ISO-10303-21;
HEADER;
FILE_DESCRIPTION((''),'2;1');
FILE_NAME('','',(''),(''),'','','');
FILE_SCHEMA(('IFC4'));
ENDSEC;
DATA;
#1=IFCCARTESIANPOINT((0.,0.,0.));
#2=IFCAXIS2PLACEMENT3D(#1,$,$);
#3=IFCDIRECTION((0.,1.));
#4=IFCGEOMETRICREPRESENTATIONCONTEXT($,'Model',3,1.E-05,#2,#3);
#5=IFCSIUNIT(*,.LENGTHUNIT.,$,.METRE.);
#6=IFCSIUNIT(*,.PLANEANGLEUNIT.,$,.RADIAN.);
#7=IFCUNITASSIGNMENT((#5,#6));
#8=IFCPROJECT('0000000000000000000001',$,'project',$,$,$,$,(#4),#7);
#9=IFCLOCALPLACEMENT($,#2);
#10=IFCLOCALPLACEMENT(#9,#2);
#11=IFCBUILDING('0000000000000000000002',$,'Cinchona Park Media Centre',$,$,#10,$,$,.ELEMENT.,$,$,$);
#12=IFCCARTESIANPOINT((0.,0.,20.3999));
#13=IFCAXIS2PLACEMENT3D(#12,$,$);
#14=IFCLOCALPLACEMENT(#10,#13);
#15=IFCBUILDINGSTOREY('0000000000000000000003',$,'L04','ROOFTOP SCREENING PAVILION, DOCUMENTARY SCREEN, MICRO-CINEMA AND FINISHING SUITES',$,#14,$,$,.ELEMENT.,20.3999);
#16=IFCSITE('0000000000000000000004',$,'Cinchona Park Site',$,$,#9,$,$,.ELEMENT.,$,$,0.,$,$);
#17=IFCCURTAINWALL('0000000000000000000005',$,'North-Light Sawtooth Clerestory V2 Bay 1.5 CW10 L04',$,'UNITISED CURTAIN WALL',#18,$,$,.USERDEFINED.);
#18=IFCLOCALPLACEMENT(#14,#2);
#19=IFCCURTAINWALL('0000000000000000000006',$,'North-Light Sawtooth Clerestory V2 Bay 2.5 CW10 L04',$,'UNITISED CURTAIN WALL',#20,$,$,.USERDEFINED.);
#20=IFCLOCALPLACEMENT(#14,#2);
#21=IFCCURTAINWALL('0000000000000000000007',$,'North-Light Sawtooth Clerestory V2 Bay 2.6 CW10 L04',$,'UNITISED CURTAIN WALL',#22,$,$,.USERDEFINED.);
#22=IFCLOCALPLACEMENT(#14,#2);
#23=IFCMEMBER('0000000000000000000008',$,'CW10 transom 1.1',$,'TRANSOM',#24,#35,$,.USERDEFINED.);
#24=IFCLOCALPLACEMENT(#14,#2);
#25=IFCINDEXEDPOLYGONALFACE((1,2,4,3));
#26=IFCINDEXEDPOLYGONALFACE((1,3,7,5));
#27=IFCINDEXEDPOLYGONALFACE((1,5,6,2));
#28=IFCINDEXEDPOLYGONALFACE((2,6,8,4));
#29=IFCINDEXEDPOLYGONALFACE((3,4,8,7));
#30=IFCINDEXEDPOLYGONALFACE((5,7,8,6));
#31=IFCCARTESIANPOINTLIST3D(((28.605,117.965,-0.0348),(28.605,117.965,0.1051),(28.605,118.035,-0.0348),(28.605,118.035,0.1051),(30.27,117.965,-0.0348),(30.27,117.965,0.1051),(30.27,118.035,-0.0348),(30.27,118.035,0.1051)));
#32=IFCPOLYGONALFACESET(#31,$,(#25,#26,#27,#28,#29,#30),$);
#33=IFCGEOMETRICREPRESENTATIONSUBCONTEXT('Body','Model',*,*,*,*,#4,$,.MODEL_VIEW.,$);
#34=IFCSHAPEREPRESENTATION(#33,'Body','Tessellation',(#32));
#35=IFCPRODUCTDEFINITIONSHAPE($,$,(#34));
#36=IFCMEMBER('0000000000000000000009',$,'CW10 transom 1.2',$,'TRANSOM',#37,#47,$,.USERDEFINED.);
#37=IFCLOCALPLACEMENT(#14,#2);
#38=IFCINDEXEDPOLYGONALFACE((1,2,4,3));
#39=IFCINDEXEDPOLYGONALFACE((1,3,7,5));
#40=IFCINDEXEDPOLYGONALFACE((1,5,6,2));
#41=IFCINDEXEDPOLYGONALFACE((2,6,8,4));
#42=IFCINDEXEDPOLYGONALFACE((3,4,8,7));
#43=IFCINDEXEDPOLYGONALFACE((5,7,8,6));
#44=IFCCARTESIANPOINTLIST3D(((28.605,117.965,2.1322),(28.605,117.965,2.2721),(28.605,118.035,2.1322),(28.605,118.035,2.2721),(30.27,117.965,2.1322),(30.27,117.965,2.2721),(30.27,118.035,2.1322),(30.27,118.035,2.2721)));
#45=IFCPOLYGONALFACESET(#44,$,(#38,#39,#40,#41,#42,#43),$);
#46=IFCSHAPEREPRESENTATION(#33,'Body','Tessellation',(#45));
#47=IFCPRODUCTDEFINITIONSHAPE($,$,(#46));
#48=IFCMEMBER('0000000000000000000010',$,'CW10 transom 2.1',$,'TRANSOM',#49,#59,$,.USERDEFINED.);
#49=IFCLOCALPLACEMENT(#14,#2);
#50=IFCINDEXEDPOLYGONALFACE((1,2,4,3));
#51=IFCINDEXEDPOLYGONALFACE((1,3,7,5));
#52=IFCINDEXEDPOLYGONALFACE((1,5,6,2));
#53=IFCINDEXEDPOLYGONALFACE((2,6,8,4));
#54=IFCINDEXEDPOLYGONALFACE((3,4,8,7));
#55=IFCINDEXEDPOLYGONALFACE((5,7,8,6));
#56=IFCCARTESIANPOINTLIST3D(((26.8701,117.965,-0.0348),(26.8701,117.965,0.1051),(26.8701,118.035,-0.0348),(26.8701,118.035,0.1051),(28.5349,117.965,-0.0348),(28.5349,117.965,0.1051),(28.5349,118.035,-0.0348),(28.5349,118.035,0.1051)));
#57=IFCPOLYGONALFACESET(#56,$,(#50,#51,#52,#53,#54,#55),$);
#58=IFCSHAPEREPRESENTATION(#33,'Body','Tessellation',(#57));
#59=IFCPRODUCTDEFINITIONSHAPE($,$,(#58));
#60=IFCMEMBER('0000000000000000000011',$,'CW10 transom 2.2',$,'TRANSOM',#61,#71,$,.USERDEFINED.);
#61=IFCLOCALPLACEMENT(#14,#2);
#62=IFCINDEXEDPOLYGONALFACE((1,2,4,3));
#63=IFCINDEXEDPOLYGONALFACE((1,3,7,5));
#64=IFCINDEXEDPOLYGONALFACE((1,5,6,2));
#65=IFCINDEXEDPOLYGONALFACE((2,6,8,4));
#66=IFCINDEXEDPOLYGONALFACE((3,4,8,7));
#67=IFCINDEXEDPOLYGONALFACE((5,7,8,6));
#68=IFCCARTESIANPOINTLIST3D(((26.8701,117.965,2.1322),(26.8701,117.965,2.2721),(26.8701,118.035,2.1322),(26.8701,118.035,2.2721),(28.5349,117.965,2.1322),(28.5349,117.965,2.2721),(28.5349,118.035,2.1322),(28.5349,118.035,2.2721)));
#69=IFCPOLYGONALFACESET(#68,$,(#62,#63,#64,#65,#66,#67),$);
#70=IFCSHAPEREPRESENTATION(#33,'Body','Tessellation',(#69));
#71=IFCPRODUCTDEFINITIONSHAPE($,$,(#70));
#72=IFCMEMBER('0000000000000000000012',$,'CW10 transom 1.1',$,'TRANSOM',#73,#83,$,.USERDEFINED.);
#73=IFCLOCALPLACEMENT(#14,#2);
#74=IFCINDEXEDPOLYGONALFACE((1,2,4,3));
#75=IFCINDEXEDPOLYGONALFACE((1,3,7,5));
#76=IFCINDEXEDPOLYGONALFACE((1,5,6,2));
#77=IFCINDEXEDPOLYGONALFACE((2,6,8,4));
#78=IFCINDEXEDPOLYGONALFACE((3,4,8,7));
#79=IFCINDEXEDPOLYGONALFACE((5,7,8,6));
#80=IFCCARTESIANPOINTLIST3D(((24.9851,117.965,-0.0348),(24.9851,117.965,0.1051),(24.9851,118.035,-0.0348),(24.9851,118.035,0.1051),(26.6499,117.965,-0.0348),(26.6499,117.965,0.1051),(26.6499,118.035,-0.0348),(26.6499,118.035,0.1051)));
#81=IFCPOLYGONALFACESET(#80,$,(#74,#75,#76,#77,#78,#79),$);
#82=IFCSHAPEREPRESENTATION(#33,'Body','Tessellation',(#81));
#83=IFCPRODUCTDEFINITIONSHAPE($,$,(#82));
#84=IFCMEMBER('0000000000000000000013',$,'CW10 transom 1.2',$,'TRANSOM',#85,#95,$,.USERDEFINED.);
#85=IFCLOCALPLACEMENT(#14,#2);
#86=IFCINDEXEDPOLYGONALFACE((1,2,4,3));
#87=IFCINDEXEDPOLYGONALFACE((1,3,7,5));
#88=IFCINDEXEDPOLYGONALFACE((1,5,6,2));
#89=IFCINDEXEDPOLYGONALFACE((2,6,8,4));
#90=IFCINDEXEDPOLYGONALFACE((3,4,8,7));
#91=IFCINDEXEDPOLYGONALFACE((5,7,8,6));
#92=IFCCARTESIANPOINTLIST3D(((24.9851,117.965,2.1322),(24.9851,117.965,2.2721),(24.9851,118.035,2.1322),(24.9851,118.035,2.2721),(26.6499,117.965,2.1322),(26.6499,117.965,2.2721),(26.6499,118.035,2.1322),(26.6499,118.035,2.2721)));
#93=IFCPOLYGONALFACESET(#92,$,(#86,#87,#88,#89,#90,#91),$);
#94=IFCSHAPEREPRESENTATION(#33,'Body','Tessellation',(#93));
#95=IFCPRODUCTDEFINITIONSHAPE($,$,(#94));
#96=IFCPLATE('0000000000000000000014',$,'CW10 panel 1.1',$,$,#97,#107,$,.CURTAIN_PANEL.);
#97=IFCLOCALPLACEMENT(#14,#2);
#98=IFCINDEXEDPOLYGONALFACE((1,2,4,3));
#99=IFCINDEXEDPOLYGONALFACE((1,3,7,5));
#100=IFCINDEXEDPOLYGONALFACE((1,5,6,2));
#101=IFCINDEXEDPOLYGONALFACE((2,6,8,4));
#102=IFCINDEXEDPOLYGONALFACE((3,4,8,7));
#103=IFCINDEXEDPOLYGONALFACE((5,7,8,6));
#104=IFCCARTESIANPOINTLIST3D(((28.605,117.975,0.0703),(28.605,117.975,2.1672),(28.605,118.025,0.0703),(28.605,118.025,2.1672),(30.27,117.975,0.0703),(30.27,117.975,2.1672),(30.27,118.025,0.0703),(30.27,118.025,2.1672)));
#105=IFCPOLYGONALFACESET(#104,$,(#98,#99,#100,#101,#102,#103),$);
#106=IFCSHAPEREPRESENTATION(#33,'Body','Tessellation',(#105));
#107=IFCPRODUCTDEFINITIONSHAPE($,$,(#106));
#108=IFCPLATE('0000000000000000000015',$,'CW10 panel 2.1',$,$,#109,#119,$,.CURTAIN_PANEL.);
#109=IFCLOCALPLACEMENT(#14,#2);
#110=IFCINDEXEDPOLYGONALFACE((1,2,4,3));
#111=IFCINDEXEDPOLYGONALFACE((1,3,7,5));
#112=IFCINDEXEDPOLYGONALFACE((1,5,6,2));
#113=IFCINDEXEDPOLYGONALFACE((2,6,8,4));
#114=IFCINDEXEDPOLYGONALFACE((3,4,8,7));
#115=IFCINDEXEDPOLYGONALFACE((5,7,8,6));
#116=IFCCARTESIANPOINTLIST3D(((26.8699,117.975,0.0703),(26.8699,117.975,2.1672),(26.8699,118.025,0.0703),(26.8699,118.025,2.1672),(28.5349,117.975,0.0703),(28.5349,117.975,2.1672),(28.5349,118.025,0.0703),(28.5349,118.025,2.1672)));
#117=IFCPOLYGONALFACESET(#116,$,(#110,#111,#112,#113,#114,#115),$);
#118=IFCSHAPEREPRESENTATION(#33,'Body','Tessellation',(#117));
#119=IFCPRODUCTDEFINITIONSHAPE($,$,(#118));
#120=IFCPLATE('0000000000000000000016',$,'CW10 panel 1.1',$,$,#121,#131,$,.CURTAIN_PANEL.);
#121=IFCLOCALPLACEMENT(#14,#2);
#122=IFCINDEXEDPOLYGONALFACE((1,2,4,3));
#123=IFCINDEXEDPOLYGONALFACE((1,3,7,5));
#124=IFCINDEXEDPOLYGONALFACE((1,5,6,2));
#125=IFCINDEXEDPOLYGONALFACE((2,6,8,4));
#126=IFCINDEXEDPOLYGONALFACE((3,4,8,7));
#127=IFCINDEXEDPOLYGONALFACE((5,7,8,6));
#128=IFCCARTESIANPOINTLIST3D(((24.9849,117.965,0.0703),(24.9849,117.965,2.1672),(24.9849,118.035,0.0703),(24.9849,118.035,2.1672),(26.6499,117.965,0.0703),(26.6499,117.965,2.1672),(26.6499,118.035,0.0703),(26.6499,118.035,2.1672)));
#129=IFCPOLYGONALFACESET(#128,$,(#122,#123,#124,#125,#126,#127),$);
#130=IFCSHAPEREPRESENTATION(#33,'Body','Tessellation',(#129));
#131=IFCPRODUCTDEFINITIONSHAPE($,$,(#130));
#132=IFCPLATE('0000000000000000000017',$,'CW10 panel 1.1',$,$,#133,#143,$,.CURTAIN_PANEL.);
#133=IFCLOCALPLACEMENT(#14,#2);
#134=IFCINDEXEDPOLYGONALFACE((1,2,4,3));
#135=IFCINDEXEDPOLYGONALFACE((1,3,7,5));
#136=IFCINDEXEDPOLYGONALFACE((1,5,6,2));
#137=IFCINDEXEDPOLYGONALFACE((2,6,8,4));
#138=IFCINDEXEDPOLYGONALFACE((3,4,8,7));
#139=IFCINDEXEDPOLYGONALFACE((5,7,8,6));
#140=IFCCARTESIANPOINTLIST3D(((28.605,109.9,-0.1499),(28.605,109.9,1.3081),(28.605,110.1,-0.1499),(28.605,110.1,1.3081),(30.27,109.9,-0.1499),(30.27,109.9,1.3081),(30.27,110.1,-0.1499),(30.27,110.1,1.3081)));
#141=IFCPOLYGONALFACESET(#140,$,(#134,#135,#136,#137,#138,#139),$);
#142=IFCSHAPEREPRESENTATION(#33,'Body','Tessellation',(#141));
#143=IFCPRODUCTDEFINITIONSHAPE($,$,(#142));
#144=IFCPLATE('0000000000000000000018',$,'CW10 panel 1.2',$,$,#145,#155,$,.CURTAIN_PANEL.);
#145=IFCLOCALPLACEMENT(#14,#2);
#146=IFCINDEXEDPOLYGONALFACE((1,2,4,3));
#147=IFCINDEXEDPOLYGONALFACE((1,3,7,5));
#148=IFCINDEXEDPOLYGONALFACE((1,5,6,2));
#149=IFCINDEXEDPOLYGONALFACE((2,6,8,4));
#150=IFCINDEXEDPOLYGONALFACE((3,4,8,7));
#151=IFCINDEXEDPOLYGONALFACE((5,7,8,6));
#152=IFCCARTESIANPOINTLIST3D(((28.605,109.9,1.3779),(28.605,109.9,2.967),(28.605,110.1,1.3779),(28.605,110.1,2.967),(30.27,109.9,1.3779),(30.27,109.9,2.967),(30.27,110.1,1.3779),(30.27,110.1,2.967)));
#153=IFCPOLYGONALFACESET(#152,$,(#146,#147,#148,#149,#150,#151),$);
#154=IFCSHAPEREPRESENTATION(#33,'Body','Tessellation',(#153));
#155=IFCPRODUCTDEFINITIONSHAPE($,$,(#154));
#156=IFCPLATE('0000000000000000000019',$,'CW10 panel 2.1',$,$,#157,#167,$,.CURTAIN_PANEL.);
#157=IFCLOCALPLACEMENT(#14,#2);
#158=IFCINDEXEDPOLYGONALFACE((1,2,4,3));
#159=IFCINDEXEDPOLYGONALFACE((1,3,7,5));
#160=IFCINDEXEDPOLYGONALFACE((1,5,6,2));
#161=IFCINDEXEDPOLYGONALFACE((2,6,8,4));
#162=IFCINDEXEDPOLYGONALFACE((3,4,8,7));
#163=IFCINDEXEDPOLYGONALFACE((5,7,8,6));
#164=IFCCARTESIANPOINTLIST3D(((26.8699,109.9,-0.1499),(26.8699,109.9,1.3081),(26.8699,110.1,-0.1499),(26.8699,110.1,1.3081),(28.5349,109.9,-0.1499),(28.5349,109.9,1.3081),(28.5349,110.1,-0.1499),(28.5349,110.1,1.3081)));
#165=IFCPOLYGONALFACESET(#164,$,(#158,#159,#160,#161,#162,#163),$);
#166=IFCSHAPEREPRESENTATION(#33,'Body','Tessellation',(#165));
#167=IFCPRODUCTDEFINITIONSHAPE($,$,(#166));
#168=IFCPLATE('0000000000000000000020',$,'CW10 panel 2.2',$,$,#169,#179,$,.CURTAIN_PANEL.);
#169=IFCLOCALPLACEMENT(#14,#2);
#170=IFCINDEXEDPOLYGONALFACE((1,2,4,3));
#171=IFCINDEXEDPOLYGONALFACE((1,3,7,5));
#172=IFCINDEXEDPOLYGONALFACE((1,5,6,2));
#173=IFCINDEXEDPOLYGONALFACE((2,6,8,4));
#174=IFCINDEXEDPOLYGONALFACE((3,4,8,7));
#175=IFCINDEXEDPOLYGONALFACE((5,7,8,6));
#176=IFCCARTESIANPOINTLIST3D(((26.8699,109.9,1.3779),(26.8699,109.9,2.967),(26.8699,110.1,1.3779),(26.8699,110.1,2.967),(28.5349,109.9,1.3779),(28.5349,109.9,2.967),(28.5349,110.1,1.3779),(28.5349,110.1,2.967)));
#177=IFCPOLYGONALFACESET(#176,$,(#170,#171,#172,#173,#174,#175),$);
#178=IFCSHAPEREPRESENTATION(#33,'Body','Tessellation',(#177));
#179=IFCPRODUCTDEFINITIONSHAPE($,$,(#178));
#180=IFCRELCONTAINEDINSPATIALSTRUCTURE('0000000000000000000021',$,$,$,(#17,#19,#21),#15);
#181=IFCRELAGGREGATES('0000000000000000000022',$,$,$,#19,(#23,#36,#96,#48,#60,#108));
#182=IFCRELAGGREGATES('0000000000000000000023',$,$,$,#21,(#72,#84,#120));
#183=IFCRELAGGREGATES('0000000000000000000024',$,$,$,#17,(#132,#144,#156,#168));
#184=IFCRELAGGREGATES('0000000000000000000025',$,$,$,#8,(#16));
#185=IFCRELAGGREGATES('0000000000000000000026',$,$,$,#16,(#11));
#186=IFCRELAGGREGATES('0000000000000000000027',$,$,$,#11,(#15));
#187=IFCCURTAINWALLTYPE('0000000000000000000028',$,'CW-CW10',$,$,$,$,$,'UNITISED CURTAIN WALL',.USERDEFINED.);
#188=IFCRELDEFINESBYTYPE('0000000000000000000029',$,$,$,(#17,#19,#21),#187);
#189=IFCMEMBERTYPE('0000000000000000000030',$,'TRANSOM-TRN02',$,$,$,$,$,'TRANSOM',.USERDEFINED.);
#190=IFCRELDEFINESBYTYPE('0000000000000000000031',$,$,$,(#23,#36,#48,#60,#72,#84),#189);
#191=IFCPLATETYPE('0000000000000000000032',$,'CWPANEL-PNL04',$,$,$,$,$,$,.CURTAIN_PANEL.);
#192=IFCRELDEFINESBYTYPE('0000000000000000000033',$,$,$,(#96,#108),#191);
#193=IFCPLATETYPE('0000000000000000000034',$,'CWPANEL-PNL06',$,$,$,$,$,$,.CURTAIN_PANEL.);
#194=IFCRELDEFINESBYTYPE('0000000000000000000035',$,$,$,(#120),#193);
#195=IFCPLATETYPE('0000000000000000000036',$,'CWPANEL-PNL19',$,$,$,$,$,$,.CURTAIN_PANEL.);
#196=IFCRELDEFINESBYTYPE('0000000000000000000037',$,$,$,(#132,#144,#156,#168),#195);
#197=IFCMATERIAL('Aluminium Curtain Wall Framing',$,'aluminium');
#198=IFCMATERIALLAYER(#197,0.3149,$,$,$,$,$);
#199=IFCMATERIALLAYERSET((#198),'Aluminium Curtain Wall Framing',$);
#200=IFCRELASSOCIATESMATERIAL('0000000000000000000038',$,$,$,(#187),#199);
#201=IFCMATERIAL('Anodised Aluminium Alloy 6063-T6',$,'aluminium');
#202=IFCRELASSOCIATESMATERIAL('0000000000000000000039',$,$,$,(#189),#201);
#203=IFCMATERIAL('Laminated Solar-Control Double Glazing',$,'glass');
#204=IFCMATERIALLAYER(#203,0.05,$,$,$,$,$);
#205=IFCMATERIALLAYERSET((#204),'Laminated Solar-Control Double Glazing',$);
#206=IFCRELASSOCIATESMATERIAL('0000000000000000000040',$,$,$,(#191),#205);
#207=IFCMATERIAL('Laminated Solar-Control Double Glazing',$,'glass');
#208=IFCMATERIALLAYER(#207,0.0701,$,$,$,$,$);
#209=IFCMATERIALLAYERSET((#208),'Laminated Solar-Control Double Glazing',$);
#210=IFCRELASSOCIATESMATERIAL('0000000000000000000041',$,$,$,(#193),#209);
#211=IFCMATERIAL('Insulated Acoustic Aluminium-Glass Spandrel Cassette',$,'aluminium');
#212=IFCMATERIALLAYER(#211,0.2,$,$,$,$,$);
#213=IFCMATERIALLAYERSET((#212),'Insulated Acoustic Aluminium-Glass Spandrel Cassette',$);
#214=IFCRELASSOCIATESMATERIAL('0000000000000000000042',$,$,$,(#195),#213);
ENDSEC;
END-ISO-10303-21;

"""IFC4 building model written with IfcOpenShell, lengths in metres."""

from ifc_helpers import new_model, si_unit, direction, frame, origin, origin_2d, place, context, subcontext, project, spatial, rectangle, extrude, material, layer, layer_set, material_profile, profile_set, type_object, element, aggregate, save


model = new_model("IFC4")

# Units and contexts
model_context = context("Model", 3, precision=1e-05, world=origin(), true_north=direction((0.0, 1.0)))
body_context = subcontext(model_context, "Body", "Model", "MODEL_VIEW")
ifc_project = project(units=[si_unit("LENGTHUNIT", "METRE"), si_unit("PLANEANGLEUNIT", "RADIAN")], contexts=[model_context])

# Site, building, storey
site_placement = place(None, origin())
site = spatial("IfcSite", under=ifc_project, at=site_placement, Name="Cinchona Park Site", CompositionType="ELEMENT", RefElevation=0.0)
building_placement = place(site_placement, origin())
building = spatial("IfcBuilding", under=site, at=building_placement, Name="Cinchona Park Media Centre", CompositionType="ELEMENT")
storey_placement = place(building_placement, frame((0.0, 0.0, 20.3999)))
storey = spatial("IfcBuildingStorey", under=building, at=storey_placement, Name="L04", Description="ROOFTOP SCREENING PAVILION, DOCUMENTARY SCREEN, MICRO-CINEMA AND FINISHING SUITES", CompositionType="ELEMENT", Elevation=20.3999)

# Curtain wall
ifc_material_1 = material(Name="Aluminium Curtain Wall Framing", Category="aluminium")
ifc_layer_1 = layer(ifc_material_1, 0.3149)
ifc_layer_set_1 = layer_set([ifc_layer_1], Name="Aluminium Curtain Wall Framing")
curtain_wall_type = type_object("IfcCurtainWallType", Name="CW-CW10", ElementType="UNITISED CURTAIN WALL", PredefinedType="USERDEFINED", material=ifc_layer_set_1)
curtain_wall_1_placement = place(storey_placement, origin())
curtain_wall_1 = element("IfcCurtainWall", 1, at=curtain_wall_1_placement, inside=storey, type_object=curtain_wall_type, Name="North-Light Sawtooth Clerestory V2 Bay 1.5 CW10 L04", ObjectType="UNITISED CURTAIN WALL", PredefinedType="USERDEFINED")

# Curtain wall
curtain_wall_2_placement = place(storey_placement, origin())
curtain_wall_2 = element("IfcCurtainWall", 2, at=curtain_wall_2_placement, inside=storey, type_object=curtain_wall_type, Name="North-Light Sawtooth Clerestory V2 Bay 2.5 CW10 L04", ObjectType="UNITISED CURTAIN WALL", PredefinedType="USERDEFINED")

# Curtain wall
curtain_wall_3_placement = place(storey_placement, origin())
curtain_wall_3 = element("IfcCurtainWall", 3, at=curtain_wall_3_placement, inside=storey, type_object=curtain_wall_type, Name="North-Light Sawtooth Clerestory V2 Bay 2.6 CW10 L04", ObjectType="UNITISED CURTAIN WALL", PredefinedType="USERDEFINED")

# Members
ifc_material_2 = material(Name="Anodised Aluminium Alloy 6063-T6", Category="aluminium")
ifc_material_profile_1 = material_profile(ifc_material_2, rectangle(XDim=0.0701, YDim=0.1399, at=origin_2d()), Name="TRN-70X140")
ifc_profile_set_1 = profile_set([ifc_material_profile_1], Name="Anodised Aluminium Alloy 6063-T6")
member_type_1 = type_object("IfcMemberType", Name="TRANSOM-TRN02", ElementType="TRANSOM", PredefinedType="USERDEFINED", material=ifc_profile_set_1)
member_1_placement = place(storey_placement, frame((30.27, 118.0, 0.0352), z_axis=(-1.0, 0.0, 0.0), x_axis=(0.0, -1.0, 0.0)))
member_1 = element("IfcMember", 4, at=member_1_placement, type_object=member_type_1, Name="CW10 transom 1.1", ObjectType="TRANSOM", PredefinedType="USERDEFINED", context=body_context, shape_type="SweptSolid", body=[
    extrude(rectangle(XDim=0.0701, YDim=0.1399, at=origin_2d()), origin(), (0.0, 0.0, 1.0), 1.665),
])
member_2_placement = place(storey_placement, frame((30.27, 118.0, 2.2021), z_axis=(-1.0, 0.0, 0.0), x_axis=(0.0, -1.0, 0.0)))
member_2 = element("IfcMember", 5, at=member_2_placement, type_object=member_type_1, Name="CW10 transom 1.2", ObjectType="TRANSOM", PredefinedType="USERDEFINED", context=body_context, shape_type="SweptSolid", body=[
    extrude(rectangle(XDim=0.0701, YDim=0.1399, at=origin_2d()), origin(), (0.0, 0.0, 1.0), 1.665),
])
member_3_placement = place(storey_placement, frame((28.5349, 118.0, 0.0352), z_axis=(-1.0, 0.0, 0.0), x_axis=(0.0, -1.0, 0.0)))
member_3 = element("IfcMember", 6, at=member_3_placement, type_object=member_type_1, Name="CW10 transom 2.1", ObjectType="TRANSOM", PredefinedType="USERDEFINED", context=body_context, shape_type="SweptSolid", body=[
    extrude(rectangle(XDim=0.0701, YDim=0.1399, at=origin_2d()), origin(), (0.0, 0.0, 1.0), 1.6648),
])
member_4_placement = place(storey_placement, frame((28.5349, 118.0, 2.2021), z_axis=(-1.0, 0.0, 0.0), x_axis=(0.0, -1.0, 0.0)))
member_4 = element("IfcMember", 7, at=member_4_placement, type_object=member_type_1, Name="CW10 transom 2.2", ObjectType="TRANSOM", PredefinedType="USERDEFINED", context=body_context, shape_type="SweptSolid", body=[
    extrude(rectangle(XDim=0.0701, YDim=0.1399, at=origin_2d()), origin(), (0.0, 0.0, 1.0), 1.6648),
])
member_5_placement = place(storey_placement, frame((26.6499, 118.0, 0.0352), z_axis=(-1.0, 0.0, 0.0), x_axis=(0.0, -1.0, 0.0)))
member_5 = element("IfcMember", 8, at=member_5_placement, type_object=member_type_1, Name="CW10 transom 1.1", ObjectType="TRANSOM", PredefinedType="USERDEFINED", context=body_context, shape_type="SweptSolid", body=[
    extrude(rectangle(XDim=0.0701, YDim=0.1399, at=origin_2d()), origin(), (0.0, 0.0, 1.0), 1.6648),
])
member_6_placement = place(storey_placement, frame((26.6499, 118.0, 2.2021), z_axis=(-1.0, 0.0, 0.0), x_axis=(0.0, -1.0, 0.0)))
member_6 = element("IfcMember", 9, at=member_6_placement, type_object=member_type_1, Name="CW10 transom 1.2", ObjectType="TRANSOM", PredefinedType="USERDEFINED", context=body_context, shape_type="SweptSolid", body=[
    extrude(rectangle(XDim=0.0701, YDim=0.1399, at=origin_2d()), origin(), (0.0, 0.0, 1.0), 1.6648),
])

# Plates
ifc_material_3 = material(Name="Laminated Solar-Control Double Glazing", Category="glass")
ifc_layer_2 = layer(ifc_material_3, 0.05)
ifc_layer_set_2 = layer_set([ifc_layer_2], Name="Laminated Solar-Control Double Glazing")
plate_type_1 = type_object("IfcPlateType", Name="CWPANEL-PNL04", PredefinedType="CURTAIN_PANEL", material=ifc_layer_set_2)
plate_1_placement = place(storey_placement, frame((29.4375, 118.0, 0.0703), z_axis=(0.0, 0.0, 1.0), x_axis=(-1.0, 0.0, 0.0)))
plate_1 = element("IfcPlate", 10, at=plate_1_placement, type_object=plate_type_1, Name="CW10 panel 1.1", PredefinedType="CURTAIN_PANEL", context=body_context, shape_type="SweptSolid", body=[
    extrude(rectangle(XDim=1.665, YDim=0.05, at=origin_2d()), origin(), (0.0, 0.0, 1.0), 2.0969),
])
plate_2_placement = place(storey_placement, frame((27.7024, 118.0, 0.0703), z_axis=(0.0, 0.0, 1.0), x_axis=(-1.0, 0.0, 0.0)))
plate_2 = element("IfcPlate", 11, at=plate_2_placement, type_object=plate_type_1, Name="CW10 panel 2.1", PredefinedType="CURTAIN_PANEL", context=body_context, shape_type="SweptSolid", body=[
    extrude(rectangle(XDim=1.665, YDim=0.05, at=origin_2d()), origin(), (0.0, 0.0, 1.0), 2.0969),
])
aggregate(curtain_wall_2, [member_1, member_2, plate_1, member_3, member_4, plate_2])
ifc_material_4 = material(Name="Laminated Solar-Control Double Glazing", Category="glass")
ifc_layer_3 = layer(ifc_material_4, 0.0701)
ifc_layer_set_3 = layer_set([ifc_layer_3], Name="Laminated Solar-Control Double Glazing")
plate_type_2 = type_object("IfcPlateType", Name="CWPANEL-PNL06", PredefinedType="CURTAIN_PANEL", material=ifc_layer_set_3)
plate_3_placement = place(storey_placement, frame((25.8174, 118.0, 0.0703), z_axis=(0.0, 0.0, 1.0), x_axis=(-1.0, 0.0, 0.0)))
plate_3 = element("IfcPlate", 12, at=plate_3_placement, type_object=plate_type_2, Name="CW10 panel 1.1", PredefinedType="CURTAIN_PANEL", context=body_context, shape_type="SweptSolid", body=[
    extrude(rectangle(XDim=1.665, YDim=0.0701, at=origin_2d()), origin(), (0.0, 0.0, 1.0), 2.0969),
])
aggregate(curtain_wall_3, [member_5, member_6, plate_3])
ifc_material_5 = material(Name="Insulated Acoustic Aluminium-Glass Spandrel Cassette", Category="aluminium")
ifc_layer_4 = layer(ifc_material_5, 0.2)
ifc_layer_set_4 = layer_set([ifc_layer_4], Name="Insulated Acoustic Aluminium-Glass Spandrel Cassette")
plate_type_3 = type_object("IfcPlateType", Name="CWPANEL-PNL19", PredefinedType="CURTAIN_PANEL", material=ifc_layer_set_4)
plate_4_placement = place(storey_placement, frame((29.4375, 110.0, -0.1499), z_axis=(0.0, 0.0, 1.0), x_axis=(-1.0, 0.0, 0.0)))
plate_4 = element("IfcPlate", 13, at=plate_4_placement, type_object=plate_type_3, Name="CW10 panel 1.1", PredefinedType="CURTAIN_PANEL", context=body_context, shape_type="SweptSolid", body=[
    extrude(rectangle(XDim=1.665, YDim=0.2, at=origin_2d()), origin(), (0.0, 0.0, 1.0), 1.458),
])
plate_5_placement = place(storey_placement, frame((29.4375, 110.0, 1.3779), z_axis=(0.0, 0.0, 1.0), x_axis=(-1.0, 0.0, 0.0)))
plate_5 = element("IfcPlate", 14, at=plate_5_placement, type_object=plate_type_3, Name="CW10 panel 1.2", PredefinedType="CURTAIN_PANEL", context=body_context, shape_type="SweptSolid", body=[
    extrude(rectangle(XDim=1.665, YDim=0.2, at=origin_2d()), origin(), (0.0, 0.0, 1.0), 1.5891),
])
plate_6_placement = place(storey_placement, frame((27.7024, 110.0, -0.1499), z_axis=(0.0, 0.0, 1.0), x_axis=(-1.0, 0.0, 0.0)))
plate_6 = element("IfcPlate", 15, at=plate_6_placement, type_object=plate_type_3, Name="CW10 panel 2.1", PredefinedType="CURTAIN_PANEL", context=body_context, shape_type="SweptSolid", body=[
    extrude(rectangle(XDim=1.665, YDim=0.2, at=origin_2d()), origin(), (0.0, 0.0, 1.0), 1.458),
])
plate_7_placement = place(storey_placement, frame((27.7024, 110.0, 1.3779), z_axis=(0.0, 0.0, 1.0), x_axis=(-1.0, 0.0, 0.0)))
plate_7 = element("IfcPlate", 16, at=plate_7_placement, type_object=plate_type_3, Name="CW10 panel 2.2", PredefinedType="CURTAIN_PANEL", context=body_context, shape_type="SweptSolid", body=[
    extrude(rectangle(XDim=1.665, YDim=0.2, at=origin_2d()), origin(), (0.0, 0.0, 1.0), 1.5891),
])
aggregate(curtain_wall_1, [plate_4, plate_5, plate_6, plate_7])

save(model, "model.ifc")
